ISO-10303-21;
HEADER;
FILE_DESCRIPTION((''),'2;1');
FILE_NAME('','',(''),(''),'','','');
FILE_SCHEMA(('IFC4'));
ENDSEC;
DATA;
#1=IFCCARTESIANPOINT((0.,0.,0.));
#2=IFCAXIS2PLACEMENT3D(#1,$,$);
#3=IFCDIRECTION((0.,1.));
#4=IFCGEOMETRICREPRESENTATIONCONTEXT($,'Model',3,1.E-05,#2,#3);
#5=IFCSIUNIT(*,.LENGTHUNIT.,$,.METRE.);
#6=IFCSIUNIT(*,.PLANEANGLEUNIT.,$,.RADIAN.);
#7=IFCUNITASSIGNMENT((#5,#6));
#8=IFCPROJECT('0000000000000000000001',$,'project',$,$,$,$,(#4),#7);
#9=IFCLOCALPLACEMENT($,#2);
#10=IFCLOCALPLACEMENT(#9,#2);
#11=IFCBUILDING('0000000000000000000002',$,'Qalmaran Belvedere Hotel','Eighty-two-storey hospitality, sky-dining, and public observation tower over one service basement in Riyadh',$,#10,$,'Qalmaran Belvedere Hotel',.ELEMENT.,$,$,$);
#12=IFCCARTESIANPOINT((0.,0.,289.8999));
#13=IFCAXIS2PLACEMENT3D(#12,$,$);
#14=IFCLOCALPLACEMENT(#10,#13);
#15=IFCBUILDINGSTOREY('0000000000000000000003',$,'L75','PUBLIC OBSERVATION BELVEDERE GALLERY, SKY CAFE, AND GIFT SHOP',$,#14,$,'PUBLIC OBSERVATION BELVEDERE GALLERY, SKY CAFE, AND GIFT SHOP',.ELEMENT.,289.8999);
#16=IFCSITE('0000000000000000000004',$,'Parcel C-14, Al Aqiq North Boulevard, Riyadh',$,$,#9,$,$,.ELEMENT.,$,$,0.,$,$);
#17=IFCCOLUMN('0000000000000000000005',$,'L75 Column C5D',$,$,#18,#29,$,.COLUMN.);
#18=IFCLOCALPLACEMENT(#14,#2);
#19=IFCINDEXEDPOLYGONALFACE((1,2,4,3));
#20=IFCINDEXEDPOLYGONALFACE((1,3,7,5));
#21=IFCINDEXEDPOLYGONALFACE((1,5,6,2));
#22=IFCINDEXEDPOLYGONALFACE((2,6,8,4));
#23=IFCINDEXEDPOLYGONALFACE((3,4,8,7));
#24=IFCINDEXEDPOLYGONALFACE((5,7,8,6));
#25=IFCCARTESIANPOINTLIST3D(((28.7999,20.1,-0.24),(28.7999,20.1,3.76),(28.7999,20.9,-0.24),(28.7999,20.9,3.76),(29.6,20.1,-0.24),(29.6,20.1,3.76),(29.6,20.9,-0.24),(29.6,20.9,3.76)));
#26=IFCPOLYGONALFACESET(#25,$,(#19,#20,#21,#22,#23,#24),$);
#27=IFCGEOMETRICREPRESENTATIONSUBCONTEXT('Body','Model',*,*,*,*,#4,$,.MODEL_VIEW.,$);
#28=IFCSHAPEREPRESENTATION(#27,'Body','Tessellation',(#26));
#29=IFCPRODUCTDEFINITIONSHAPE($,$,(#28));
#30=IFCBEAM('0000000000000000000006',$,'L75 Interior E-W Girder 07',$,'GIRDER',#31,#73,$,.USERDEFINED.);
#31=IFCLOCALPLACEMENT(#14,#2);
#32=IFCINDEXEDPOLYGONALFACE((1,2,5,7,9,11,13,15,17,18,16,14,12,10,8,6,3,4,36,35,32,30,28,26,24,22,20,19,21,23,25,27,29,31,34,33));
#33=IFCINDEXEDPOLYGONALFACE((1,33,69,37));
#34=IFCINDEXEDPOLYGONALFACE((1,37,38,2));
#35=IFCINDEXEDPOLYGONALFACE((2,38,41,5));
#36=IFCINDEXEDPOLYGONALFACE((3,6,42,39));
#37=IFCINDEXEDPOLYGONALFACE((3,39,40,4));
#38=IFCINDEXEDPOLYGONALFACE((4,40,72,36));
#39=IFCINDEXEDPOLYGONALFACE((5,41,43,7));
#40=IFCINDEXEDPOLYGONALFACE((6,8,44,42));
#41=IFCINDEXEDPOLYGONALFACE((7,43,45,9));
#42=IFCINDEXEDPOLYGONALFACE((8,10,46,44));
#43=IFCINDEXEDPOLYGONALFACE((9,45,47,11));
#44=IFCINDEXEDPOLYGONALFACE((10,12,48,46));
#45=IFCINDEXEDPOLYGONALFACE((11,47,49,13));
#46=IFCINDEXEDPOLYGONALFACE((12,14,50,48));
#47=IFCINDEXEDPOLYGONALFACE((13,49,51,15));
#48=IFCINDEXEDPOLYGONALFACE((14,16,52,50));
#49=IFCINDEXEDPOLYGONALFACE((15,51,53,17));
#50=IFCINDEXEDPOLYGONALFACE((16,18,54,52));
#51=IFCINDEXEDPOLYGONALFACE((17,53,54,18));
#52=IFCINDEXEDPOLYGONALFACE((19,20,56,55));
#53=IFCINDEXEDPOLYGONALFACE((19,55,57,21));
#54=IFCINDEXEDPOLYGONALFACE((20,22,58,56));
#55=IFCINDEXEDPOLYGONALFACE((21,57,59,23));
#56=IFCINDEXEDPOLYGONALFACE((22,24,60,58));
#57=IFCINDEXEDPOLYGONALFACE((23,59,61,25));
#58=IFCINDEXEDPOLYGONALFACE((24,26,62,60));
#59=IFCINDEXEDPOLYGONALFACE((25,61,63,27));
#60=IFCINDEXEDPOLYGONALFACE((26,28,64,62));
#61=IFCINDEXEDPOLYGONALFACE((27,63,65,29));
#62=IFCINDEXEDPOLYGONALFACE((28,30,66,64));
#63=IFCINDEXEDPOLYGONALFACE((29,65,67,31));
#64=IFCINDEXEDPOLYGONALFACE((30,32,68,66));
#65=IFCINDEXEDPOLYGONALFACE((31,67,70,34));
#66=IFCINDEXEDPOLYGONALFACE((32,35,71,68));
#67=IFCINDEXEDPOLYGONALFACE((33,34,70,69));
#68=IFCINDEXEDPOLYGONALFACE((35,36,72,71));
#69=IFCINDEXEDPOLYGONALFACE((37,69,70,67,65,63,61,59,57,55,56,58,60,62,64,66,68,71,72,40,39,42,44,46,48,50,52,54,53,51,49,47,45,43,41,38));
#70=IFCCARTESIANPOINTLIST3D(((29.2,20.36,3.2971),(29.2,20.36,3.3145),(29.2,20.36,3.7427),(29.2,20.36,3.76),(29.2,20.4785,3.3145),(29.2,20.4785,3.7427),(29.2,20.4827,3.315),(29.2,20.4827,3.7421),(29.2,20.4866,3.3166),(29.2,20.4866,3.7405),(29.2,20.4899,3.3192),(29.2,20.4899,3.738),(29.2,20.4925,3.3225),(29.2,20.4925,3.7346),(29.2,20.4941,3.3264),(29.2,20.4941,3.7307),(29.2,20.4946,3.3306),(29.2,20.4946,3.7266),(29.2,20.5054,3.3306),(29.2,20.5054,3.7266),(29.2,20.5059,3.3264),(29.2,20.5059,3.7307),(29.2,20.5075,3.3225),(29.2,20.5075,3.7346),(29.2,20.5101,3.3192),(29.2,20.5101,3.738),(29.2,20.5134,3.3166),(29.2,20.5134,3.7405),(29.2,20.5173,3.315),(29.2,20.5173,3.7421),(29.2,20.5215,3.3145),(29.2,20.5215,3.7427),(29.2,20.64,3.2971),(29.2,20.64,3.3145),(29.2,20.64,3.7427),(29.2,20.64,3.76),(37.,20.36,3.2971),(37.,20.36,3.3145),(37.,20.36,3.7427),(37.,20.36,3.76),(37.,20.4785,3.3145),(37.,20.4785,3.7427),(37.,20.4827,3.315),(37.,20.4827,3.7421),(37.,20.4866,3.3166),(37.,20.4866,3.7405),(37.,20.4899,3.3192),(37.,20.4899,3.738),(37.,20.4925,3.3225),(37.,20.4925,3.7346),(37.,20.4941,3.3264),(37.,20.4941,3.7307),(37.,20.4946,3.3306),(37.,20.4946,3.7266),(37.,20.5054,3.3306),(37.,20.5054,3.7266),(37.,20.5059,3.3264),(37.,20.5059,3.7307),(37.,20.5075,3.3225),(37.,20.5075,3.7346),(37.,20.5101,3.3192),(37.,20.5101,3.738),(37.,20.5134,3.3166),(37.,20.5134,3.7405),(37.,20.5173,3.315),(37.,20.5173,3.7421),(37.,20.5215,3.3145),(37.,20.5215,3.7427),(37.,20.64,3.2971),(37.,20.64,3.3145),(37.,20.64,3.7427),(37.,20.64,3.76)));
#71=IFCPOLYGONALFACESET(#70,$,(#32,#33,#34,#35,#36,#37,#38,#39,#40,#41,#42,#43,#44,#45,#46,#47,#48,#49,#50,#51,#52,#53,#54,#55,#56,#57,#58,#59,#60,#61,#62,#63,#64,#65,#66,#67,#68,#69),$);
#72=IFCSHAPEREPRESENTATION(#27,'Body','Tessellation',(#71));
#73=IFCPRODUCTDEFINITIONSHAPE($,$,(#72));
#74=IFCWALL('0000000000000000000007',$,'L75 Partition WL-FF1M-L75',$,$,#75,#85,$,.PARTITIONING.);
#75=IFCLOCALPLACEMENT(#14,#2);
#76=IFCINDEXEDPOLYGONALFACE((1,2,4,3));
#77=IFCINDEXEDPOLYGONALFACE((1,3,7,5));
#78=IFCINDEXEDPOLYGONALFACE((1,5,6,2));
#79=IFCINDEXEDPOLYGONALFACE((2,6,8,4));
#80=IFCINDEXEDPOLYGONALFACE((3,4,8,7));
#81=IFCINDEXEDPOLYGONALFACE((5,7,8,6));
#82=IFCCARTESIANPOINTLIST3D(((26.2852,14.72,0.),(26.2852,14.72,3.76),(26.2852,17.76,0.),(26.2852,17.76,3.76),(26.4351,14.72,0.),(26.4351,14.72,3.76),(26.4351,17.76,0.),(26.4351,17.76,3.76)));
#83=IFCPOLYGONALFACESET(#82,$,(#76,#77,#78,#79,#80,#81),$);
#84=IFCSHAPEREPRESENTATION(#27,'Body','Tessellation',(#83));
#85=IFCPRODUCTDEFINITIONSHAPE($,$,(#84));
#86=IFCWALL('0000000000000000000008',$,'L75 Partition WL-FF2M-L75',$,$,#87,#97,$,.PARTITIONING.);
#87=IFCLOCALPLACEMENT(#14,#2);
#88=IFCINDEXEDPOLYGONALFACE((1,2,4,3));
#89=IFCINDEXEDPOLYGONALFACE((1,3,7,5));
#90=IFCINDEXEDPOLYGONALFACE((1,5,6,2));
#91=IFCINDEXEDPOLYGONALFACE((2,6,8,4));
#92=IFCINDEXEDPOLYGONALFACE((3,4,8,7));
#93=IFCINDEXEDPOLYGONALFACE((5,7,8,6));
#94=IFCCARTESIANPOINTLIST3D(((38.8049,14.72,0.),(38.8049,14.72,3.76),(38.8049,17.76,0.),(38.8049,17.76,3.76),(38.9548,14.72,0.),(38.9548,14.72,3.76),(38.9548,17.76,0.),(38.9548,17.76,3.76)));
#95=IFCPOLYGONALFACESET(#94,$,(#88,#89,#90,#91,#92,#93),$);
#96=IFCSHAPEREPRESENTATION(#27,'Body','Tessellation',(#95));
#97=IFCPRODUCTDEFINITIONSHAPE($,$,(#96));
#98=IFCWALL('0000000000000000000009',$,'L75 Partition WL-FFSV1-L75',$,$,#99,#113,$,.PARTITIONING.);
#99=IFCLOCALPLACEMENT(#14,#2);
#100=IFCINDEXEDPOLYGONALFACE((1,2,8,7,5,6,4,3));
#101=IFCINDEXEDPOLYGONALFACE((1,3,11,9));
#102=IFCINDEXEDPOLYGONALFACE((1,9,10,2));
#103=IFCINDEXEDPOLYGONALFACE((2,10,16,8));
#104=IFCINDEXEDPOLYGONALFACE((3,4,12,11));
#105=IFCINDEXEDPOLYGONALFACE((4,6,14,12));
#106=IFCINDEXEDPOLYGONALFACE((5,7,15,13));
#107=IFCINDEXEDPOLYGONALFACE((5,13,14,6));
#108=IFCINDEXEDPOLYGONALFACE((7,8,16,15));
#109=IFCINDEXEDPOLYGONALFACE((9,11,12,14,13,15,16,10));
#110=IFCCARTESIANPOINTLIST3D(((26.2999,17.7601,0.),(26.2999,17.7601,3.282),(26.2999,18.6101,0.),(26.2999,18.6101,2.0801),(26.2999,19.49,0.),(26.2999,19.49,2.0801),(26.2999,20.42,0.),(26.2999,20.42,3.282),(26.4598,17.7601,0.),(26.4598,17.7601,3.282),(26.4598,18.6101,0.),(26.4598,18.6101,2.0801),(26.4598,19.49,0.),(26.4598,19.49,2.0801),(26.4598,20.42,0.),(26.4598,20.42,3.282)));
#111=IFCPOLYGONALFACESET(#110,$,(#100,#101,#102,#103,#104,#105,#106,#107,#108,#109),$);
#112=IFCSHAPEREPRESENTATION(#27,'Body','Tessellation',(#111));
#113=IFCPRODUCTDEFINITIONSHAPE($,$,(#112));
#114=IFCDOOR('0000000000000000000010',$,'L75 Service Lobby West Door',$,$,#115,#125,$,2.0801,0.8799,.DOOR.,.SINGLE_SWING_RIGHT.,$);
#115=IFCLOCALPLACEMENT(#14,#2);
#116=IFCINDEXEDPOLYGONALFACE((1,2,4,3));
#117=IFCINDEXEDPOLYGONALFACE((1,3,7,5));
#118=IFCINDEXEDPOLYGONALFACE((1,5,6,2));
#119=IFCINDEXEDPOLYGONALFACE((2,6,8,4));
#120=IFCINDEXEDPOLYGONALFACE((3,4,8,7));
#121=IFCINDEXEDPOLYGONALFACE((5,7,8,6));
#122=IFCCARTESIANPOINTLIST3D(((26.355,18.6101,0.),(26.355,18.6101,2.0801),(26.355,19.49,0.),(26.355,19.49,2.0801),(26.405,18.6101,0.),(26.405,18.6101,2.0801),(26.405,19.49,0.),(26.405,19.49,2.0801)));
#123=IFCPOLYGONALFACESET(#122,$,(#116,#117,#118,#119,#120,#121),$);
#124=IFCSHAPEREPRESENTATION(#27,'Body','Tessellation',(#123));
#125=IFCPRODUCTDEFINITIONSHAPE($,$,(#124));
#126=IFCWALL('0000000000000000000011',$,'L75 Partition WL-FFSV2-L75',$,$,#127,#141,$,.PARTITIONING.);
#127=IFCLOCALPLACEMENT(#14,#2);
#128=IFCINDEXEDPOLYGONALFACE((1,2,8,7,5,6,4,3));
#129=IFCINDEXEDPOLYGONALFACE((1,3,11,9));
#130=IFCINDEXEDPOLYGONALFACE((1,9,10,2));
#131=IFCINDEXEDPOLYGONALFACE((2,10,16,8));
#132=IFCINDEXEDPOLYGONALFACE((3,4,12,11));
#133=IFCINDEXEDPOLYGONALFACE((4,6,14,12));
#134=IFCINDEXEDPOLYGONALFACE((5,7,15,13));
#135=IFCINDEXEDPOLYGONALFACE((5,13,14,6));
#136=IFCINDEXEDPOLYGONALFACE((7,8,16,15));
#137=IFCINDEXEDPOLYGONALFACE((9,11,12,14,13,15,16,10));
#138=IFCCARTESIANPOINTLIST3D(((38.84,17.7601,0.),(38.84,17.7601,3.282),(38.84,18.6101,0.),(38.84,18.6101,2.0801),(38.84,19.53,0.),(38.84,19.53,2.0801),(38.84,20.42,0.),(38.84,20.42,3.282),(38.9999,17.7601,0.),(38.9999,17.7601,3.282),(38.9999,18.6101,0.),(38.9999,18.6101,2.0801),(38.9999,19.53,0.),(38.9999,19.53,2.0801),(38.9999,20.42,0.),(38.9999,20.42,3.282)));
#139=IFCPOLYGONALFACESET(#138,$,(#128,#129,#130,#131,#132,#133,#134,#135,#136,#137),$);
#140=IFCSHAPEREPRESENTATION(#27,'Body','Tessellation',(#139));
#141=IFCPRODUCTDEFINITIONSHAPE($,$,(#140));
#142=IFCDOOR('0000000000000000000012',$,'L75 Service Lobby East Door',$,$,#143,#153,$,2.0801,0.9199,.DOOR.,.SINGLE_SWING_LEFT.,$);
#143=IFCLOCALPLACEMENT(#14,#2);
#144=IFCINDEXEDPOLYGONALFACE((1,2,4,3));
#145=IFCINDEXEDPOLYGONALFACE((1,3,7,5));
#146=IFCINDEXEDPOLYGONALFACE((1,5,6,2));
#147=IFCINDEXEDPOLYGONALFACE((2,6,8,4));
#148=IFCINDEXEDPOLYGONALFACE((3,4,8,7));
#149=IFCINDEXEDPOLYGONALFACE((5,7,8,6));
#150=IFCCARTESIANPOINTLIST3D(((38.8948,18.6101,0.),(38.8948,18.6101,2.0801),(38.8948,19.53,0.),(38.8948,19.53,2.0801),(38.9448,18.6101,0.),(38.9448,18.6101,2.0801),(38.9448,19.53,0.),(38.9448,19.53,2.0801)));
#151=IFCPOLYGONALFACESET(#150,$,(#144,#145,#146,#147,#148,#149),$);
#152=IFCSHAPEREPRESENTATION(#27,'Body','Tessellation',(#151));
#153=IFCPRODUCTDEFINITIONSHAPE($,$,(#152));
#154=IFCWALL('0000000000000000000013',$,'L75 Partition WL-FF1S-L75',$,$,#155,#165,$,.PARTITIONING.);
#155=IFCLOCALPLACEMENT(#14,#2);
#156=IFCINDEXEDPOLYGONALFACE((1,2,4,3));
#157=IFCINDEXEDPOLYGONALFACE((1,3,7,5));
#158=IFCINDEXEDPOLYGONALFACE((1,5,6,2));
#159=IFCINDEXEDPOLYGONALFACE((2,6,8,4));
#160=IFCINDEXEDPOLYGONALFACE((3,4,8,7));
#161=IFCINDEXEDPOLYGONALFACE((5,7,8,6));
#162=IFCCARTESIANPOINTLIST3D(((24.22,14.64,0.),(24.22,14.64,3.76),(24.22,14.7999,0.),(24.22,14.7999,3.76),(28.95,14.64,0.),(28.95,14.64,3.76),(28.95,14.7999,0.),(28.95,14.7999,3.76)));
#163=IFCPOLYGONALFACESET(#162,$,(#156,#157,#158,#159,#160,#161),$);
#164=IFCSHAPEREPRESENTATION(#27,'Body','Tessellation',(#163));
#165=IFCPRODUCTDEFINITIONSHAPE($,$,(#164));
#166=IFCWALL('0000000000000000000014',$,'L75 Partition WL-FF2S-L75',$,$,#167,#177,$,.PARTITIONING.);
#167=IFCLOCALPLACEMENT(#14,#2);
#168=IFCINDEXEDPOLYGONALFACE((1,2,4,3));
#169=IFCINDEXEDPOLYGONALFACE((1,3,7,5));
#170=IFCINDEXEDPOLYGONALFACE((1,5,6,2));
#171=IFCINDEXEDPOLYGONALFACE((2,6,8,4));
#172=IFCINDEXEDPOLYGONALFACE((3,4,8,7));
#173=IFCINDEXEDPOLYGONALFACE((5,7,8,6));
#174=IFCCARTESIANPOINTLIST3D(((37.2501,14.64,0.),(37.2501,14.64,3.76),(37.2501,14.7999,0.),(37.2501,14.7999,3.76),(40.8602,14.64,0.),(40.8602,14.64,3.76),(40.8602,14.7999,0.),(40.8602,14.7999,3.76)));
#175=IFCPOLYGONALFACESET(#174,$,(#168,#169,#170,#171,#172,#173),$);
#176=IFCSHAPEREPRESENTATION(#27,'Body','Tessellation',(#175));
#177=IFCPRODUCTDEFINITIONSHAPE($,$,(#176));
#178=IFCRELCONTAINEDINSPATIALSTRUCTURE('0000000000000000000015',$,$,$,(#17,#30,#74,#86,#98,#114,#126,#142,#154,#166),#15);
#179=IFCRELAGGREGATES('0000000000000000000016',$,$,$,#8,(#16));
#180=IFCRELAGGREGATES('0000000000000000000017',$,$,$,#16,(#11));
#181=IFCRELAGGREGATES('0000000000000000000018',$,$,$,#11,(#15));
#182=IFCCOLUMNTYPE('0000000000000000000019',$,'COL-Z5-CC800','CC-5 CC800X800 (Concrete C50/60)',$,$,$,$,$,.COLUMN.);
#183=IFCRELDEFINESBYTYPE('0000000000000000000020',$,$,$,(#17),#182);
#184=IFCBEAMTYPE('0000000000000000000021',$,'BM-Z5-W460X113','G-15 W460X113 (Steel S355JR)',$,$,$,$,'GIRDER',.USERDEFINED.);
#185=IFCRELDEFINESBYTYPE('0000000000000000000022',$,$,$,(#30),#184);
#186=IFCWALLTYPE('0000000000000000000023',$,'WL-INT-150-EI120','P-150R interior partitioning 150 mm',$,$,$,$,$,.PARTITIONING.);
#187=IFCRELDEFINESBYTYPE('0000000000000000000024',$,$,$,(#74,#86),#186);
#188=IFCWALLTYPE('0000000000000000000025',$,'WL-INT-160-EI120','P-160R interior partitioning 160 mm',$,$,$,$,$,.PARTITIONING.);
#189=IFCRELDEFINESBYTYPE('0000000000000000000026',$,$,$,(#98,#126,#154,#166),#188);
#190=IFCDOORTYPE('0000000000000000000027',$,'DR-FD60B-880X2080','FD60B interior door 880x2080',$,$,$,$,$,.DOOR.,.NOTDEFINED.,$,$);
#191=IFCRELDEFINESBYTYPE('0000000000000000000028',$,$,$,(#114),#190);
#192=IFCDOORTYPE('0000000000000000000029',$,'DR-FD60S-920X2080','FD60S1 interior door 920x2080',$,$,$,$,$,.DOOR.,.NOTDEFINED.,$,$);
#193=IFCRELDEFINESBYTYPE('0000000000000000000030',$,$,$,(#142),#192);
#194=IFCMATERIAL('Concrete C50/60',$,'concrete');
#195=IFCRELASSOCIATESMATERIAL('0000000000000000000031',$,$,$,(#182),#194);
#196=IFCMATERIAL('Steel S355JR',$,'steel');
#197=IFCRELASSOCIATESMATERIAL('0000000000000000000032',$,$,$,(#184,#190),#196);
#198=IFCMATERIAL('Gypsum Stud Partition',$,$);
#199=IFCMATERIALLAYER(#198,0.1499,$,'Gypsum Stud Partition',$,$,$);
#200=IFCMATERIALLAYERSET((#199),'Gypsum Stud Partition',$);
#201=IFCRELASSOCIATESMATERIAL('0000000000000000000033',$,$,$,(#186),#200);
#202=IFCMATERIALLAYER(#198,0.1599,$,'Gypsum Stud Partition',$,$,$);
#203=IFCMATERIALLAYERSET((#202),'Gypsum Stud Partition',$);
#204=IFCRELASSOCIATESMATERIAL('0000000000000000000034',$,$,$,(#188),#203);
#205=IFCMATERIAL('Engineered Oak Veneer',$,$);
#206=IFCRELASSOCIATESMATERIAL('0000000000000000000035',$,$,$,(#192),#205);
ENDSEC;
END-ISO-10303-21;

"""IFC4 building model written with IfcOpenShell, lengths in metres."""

from ifc_helpers import new_model, si_unit, direction, frame, frame_2d, origin, origin_2d, place, context, subcontext, project, spatial, rectangle, i_section, extrude, material, layer, layer_set, material_profile, profile_set, type_object, element, fill, save


model = new_model("IFC4")

# Units and contexts
model_context = context("Model", 3, precision=1e-05, world=origin(), true_north=direction((0.0, 1.0)))
body_context = subcontext(model_context, "Body", "Model", "MODEL_VIEW")
ifc_project = project(units=[si_unit("LENGTHUNIT", "METRE"), si_unit("PLANEANGLEUNIT", "RADIAN")], contexts=[model_context])

# Site, building, storey
site_placement = place(None, origin())
site = spatial("IfcSite", under=ifc_project, at=site_placement, Name="Parcel C-14, Al Aqiq North Boulevard, Riyadh", CompositionType="ELEMENT", RefElevation=0.0)
building_placement = place(site_placement, origin())
building = spatial("IfcBuilding", under=site, at=building_placement, Name="Qalmaran Belvedere Hotel", Description="Eighty-two-storey hospitality, sky-dining, and public observation tower over one service basement in Riyadh", LongName="Qalmaran Belvedere Hotel", CompositionType="ELEMENT")
storey_placement = place(building_placement, frame((0.0, 0.0, 289.8999)))
storey = spatial("IfcBuildingStorey", under=building, at=storey_placement, Name="L75", Description="PUBLIC OBSERVATION BELVEDERE GALLERY, SKY CAFE, AND GIFT SHOP", LongName="PUBLIC OBSERVATION BELVEDERE GALLERY, SKY CAFE, AND GIFT SHOP", CompositionType="ELEMENT", Elevation=289.8999)

# Column
ifc_material_1 = material(Name="Concrete C50/60", Category="concrete")
ifc_material_profile_1 = material_profile(ifc_material_1, rectangle(XDim=0.8, YDim=0.8, at=origin_2d()), Name="CC800X800")
ifc_profile_set_1 = profile_set([ifc_material_profile_1], Name="Concrete C50/60")
column_type = type_object("IfcColumnType", Name="COL-Z5-CC800", Description="CC-5 CC800X800 (Concrete C50/60)", PredefinedType="COLUMN", material=ifc_profile_set_1)
column_placement = place(storey_placement, frame((29.2, 20.5, -0.24), z_axis=(0.0, 0.0, 1.0), x_axis=(1.0, 0.0, 0.0)))
element("IfcColumn", 1, at=column_placement, inside=storey, type_object=column_type, Name="L75 Column C5D", PredefinedType="COLUMN", context=body_context, shape_type="SweptSolid", body=[
    extrude(rectangle(XDim=0.8, YDim=0.8, at=origin_2d()), origin(), (0.0, 0.0, 1.0), 4.0),
])

# Beam
ifc_material_2 = material(Name="Steel S355JR", Category="steel")
ifc_material_profile_2 = material_profile(ifc_material_2, i_section(OverallWidth=0.28, OverallDepth=0.4629, WebThickness=0.0107, FlangeThickness=0.0173, FilletRadius=0.0161, at=origin_2d()), Name="W460X113")
ifc_profile_set_2 = profile_set([ifc_material_profile_2], Name="Steel S355JR")
beam_type = type_object("IfcBeamType", Name="BM-Z5-W460X113", Description="G-15 W460X113 (Steel S355JR)", ElementType="GIRDER", PredefinedType="USERDEFINED", material=ifc_profile_set_2)
beam_placement = place(storey_placement, frame((29.2, 20.5, 3.5286), z_axis=(1.0, 0.0, 0.0), x_axis=(0.0, 1.0, 0.0)))
element("IfcBeam", 2, at=beam_placement, inside=storey, type_object=beam_type, Name="L75 Interior E-W Girder 07", ObjectType="GIRDER", PredefinedType="USERDEFINED", context=body_context, shape_type="SweptSolid", body=[
    extrude(i_section(OverallWidth=0.28, OverallDepth=0.4629, WebThickness=0.0107, FlangeThickness=0.0173, FilletRadius=0.0161, at=origin_2d()), origin(), (0.0, 0.0, 1.0), 7.8),
])

# Walls
ifc_material_3 = material(Name="Gypsum Stud Partition")
ifc_layer_1 = layer(ifc_material_3, 0.1499, Name="Gypsum Stud Partition")
ifc_layer_set_1 = layer_set([ifc_layer_1], Name="Gypsum Stud Partition")
wall_type_1 = type_object("IfcWallType", Name="WL-INT-150-EI120", Description="P-150R interior partitioning 150 mm", PredefinedType="PARTITIONING", material=ifc_layer_set_1)
for number, where, z_axis, x_axis, name in (
    (3, (26.3601, 14.72, 0.0), (0.0, 0.0, 1.0), (0.0, 1.0, 0.0), "L75 Partition WL-FF1M-L75"),
    (4, (38.8799, 14.72, 0.0), (0.0, 0.0, 1.0), (0.0, 1.0, 0.0), "L75 Partition WL-FF2M-L75"),
):
    element("IfcWall", number, at=place(storey_placement, frame(where, z_axis=z_axis, x_axis=x_axis)), inside=storey, type_object=wall_type_1, Name=name, PredefinedType="PARTITIONING", context=body_context, shape_type="SweptSolid", body=[
        extrude(rectangle(XDim=3.04, YDim=0.1499, at=frame_2d((1.52, 0.0))), origin(), (0.0, 0.0, 1.0), 3.76),
    ])

# Walls, openings, doors
ifc_layer_2 = layer(ifc_material_3, 0.1599, Name="Gypsum Stud Partition")
ifc_layer_set_2 = layer_set([ifc_layer_2], Name="Gypsum Stud Partition")
wall_type_2 = type_object("IfcWallType", Name="WL-INT-160-EI120", Description="P-160R interior partitioning 160 mm", PredefinedType="PARTITIONING", material=ifc_layer_set_2)
wall_1_placement = place(storey_placement, frame((26.3799, 17.76, 0.0), z_axis=(0.0, 0.0, 1.0), x_axis=(0.0, 1.0, 0.0)))
wall_1 = element("IfcWall", 5, at=wall_1_placement, inside=storey, type_object=wall_type_2, Name="L75 Partition WL-FFSV1-L75", PredefinedType="PARTITIONING", context=body_context, shape_type="SweptSolid", body=[
    extrude(rectangle(XDim=2.6599, YDim=0.1599, at=frame_2d((1.3301, 0.0))), origin(), (0.0, 0.0, 1.0), 3.282),
])
opening_1_placement = place(wall_1_placement, frame((0.8501, 0.0, 0.0)))
opening_1 = element("IfcOpeningElement", 6, at=opening_1_placement, cuts=wall_1, PredefinedType="OPENING", context=body_context, shape_type="SweptSolid", body=[
    extrude(rectangle(XDim=0.8799, YDim=2.0801, at=frame_2d((0.4399, 1.04))), frame((0.0, 0.0898, 0.0), z_axis=(0.0, -1.0, 0.0), x_axis=(1.0, 0.0, 0.0)), (0.0, 0.0, 1.0), 0.1799),
])
door_type_1 = type_object("IfcDoorType", Name="DR-FD60B-880X2080", Description="FD60B interior door 880x2080", OperationType="NOTDEFINED", PredefinedType="DOOR", material=ifc_material_2)
door_1_placement = place(opening_1_placement, origin())
door_1 = element("IfcDoor", 7, at=door_1_placement, inside=storey, type_object=door_type_1, Name="L75 Service Lobby West Door", OperationType="SINGLE_SWING_RIGHT", OverallHeight=2.0801, OverallWidth=0.8799, PredefinedType="DOOR", context=body_context, shape_type="SweptSolid", body=[
    extrude(rectangle(XDim=0.8799, YDim=2.0801, at=frame_2d((0.4399, 1.04))), frame((0.0, 0.0249, 0.0), z_axis=(0.0, -1.0, 0.0), x_axis=(1.0, 0.0, 0.0)), (0.0, 0.0, 1.0), 0.05),
])
fill(opening_1, door_1)
wall_2_placement = place(storey_placement, frame((38.9199, 17.76, 0.0), z_axis=(0.0, 0.0, 1.0), x_axis=(0.0, 1.0, 0.0)))
wall_2 = element("IfcWall", 8, at=wall_2_placement, inside=storey, type_object=wall_type_2, Name="L75 Partition WL-FFSV2-L75", PredefinedType="PARTITIONING", context=body_context, shape_type="SweptSolid", body=[
    extrude(rectangle(XDim=2.6599, YDim=0.1599, at=frame_2d((1.3301, 0.0))), origin(), (0.0, 0.0, 1.0), 3.282),
])
opening_2_placement = place(wall_2_placement, frame((1.77, 0.0, 0.0), z_axis=(0.0, 0.0, 1.0), x_axis=(-1.0, 0.0, 0.0)))
opening_2 = element("IfcOpeningElement", 9, at=opening_2_placement, cuts=wall_2, PredefinedType="OPENING", context=body_context, shape_type="SweptSolid", body=[
    extrude(rectangle(XDim=0.9199, YDim=2.0801, at=frame_2d((0.46, 1.04))), frame((0.0, 0.0898, 0.0), z_axis=(0.0, -1.0, 0.0), x_axis=(1.0, 0.0, 0.0)), (0.0, 0.0, 1.0), 0.1799),
])
ifc_material_4 = material(Name="Engineered Oak Veneer")
door_type_2 = type_object("IfcDoorType", Name="DR-FD60S-920X2080", Description="FD60S1 interior door 920x2080", OperationType="NOTDEFINED", PredefinedType="DOOR", material=ifc_material_4)
door_2_placement = place(opening_2_placement, origin())
door_2 = element("IfcDoor", 10, at=door_2_placement, inside=storey, type_object=door_type_2, Name="L75 Service Lobby East Door", OperationType="SINGLE_SWING_LEFT", OverallHeight=2.0801, OverallWidth=0.9199, PredefinedType="DOOR", context=body_context, shape_type="SweptSolid", body=[
    extrude(rectangle(XDim=0.9199, YDim=2.0801, at=frame_2d((0.46, 1.04))), frame((0.0, 0.0249, 0.0), z_axis=(0.0, -1.0, 0.0), x_axis=(1.0, 0.0, 0.0)), (0.0, 0.0, 1.0), 0.05),
])
fill(opening_2, door_2)

# Walls
wall_3_placement = place(storey_placement, frame((24.22, 14.72, 0.0), z_axis=(0.0, 0.0, 1.0), x_axis=(1.0, 0.0, 0.0)))
element("IfcWall", 11, at=wall_3_placement, inside=storey, type_object=wall_type_2, Name="L75 Partition WL-FF1S-L75", PredefinedType="PARTITIONING", context=body_context, shape_type="SweptSolid", body=[
    extrude(rectangle(XDim=4.73, YDim=0.1599, at=frame_2d((2.365, 0.0))), origin(), (0.0, 0.0, 1.0), 3.76),
])
wall_4_placement = place(storey_placement, frame((37.25, 14.72, 0.0), z_axis=(0.0, 0.0, 1.0), x_axis=(1.0, 0.0, 0.0)))
element("IfcWall", 12, at=wall_4_placement, inside=storey, type_object=wall_type_2, Name="L75 Partition WL-FF2S-L75", PredefinedType="PARTITIONING", context=body_context, shape_type="SweptSolid", body=[
    extrude(rectangle(XDim=3.6101, YDim=0.1599, at=frame_2d((1.8052, 0.0))), origin(), (0.0, 0.0, 1.0), 3.76),
])

save(model, "model.ifc")
